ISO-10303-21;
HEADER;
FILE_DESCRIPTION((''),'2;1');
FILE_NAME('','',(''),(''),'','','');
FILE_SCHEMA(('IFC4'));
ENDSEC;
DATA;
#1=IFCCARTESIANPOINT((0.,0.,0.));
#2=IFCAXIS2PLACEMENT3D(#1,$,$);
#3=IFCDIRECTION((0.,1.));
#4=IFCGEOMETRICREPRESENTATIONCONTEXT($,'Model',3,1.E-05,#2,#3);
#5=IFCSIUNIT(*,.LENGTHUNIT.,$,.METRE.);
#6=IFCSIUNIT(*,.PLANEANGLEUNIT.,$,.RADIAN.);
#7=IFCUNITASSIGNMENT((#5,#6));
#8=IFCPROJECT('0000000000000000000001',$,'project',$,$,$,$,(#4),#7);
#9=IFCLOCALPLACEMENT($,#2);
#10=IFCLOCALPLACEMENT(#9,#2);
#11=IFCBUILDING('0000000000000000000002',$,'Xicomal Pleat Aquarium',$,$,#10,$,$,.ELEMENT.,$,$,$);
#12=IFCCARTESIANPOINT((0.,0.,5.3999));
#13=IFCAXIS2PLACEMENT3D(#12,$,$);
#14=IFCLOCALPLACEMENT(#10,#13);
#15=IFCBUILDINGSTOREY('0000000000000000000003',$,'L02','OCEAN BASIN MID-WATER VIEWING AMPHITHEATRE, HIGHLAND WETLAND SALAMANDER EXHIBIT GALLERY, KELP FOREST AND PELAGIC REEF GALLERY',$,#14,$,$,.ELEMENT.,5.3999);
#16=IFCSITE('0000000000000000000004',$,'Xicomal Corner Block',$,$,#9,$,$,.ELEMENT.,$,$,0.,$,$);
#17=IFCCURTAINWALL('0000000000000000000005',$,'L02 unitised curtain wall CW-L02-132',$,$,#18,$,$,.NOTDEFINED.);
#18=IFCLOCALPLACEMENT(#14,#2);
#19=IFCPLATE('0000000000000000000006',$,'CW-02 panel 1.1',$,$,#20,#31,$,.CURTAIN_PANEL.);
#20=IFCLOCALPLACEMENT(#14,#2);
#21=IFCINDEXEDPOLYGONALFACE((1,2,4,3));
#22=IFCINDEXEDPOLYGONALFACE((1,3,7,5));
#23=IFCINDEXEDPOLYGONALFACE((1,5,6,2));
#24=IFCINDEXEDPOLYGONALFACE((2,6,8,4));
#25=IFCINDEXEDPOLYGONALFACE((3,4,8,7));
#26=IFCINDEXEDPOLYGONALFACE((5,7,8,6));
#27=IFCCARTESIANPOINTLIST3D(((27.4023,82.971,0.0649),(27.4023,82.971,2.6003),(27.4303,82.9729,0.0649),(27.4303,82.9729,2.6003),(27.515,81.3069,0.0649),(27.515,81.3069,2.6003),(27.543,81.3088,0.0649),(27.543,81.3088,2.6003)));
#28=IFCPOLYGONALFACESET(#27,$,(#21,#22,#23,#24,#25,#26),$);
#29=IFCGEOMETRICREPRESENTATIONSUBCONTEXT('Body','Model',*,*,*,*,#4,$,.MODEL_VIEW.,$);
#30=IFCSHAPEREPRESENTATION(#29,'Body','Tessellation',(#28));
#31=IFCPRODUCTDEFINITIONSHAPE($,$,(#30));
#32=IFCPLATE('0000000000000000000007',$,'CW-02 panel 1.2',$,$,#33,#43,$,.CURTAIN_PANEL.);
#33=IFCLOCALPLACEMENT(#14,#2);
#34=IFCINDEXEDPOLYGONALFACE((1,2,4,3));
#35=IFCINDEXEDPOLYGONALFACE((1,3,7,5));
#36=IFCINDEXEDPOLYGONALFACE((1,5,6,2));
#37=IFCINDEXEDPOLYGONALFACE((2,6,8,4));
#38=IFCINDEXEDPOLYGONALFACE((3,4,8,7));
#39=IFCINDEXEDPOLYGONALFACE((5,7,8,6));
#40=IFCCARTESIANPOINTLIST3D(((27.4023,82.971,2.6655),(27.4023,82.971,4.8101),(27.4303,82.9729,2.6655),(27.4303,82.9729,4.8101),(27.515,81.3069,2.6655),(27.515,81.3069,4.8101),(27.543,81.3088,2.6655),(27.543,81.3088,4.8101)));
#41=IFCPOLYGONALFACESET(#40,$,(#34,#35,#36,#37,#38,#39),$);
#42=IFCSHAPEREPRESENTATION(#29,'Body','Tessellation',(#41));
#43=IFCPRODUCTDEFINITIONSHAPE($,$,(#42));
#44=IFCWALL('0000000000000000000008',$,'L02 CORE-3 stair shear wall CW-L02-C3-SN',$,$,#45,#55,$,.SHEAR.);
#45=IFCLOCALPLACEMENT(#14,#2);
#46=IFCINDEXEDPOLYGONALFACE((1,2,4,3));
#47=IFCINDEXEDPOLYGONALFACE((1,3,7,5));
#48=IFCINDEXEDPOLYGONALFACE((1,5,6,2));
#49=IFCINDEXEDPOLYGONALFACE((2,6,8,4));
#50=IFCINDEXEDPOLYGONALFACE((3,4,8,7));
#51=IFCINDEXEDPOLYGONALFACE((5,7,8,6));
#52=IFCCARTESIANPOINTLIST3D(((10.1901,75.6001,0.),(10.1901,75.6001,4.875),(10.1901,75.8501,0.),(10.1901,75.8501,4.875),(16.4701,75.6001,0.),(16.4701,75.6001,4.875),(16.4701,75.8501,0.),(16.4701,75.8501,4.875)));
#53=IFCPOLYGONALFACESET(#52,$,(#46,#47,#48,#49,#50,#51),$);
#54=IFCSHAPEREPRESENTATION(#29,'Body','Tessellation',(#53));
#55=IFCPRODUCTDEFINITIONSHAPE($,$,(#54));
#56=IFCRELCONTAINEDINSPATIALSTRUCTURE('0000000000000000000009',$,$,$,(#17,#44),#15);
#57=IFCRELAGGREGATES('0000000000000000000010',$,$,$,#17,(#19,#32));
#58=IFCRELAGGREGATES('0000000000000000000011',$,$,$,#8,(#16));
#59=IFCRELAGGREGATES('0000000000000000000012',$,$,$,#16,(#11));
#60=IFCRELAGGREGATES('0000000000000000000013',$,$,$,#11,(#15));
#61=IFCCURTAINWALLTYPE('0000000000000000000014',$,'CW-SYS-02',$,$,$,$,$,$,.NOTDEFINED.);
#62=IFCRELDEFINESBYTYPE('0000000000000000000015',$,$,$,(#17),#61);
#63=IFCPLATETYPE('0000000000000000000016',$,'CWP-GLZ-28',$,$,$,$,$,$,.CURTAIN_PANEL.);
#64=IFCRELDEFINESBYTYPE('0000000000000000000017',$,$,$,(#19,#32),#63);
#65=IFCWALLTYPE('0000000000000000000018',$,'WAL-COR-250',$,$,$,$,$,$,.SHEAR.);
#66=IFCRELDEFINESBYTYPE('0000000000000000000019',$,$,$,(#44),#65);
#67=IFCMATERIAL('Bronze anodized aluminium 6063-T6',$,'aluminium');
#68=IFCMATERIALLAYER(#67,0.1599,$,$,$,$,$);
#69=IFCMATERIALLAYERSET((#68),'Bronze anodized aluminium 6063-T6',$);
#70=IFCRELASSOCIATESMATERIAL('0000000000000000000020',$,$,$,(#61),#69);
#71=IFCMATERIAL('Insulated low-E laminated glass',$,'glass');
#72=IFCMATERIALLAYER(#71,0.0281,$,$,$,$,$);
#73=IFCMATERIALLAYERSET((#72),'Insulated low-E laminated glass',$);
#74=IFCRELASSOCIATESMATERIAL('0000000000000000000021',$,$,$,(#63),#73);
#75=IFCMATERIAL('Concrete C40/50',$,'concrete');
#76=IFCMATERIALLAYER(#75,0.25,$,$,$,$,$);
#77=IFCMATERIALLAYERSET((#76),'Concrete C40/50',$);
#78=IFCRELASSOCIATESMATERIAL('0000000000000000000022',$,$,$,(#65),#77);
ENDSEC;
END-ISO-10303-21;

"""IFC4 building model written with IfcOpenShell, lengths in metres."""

from ifc_helpers import new_model, si_unit, direction, frame, frame_2d, origin, origin_2d, place, context, subcontext, project, spatial, rectangle, extrude, material, layer, layer_set, type_object, element, aggregate, save


model = new_model("IFC4")

# Units and contexts
model_context = context("Model", 3, precision=1e-05, world=origin(), true_north=direction((0.0, 1.0)))
body_context = subcontext(model_context, "Body", "Model", "MODEL_VIEW")
ifc_project = project(units=[si_unit("LENGTHUNIT", "METRE"), si_unit("PLANEANGLEUNIT", "RADIAN")], contexts=[model_context])

# Site, building, storey
site_placement = place(None, origin())
site = spatial("IfcSite", under=ifc_project, at=site_placement, Name="Xicomal Corner Block", CompositionType="ELEMENT", RefElevation=0.0)
building_placement = place(site_placement, origin())
building = spatial("IfcBuilding", under=site, at=building_placement, Name="Xicomal Pleat Aquarium", CompositionType="ELEMENT")
storey_placement = place(building_placement, frame((0.0, 0.0, 5.3999)))
storey = spatial("IfcBuildingStorey", under=building, at=storey_placement, Name="L02", Description="OCEAN BASIN MID-WATER VIEWING AMPHITHEATRE, HIGHLAND WETLAND SALAMANDER EXHIBIT GALLERY, KELP FOREST AND PELAGIC REEF GALLERY", CompositionType="ELEMENT", Elevation=5.3999)

# Curtain wall, plates
ifc_material_1 = material(Name="Bronze anodized aluminium 6063-T6", Category="aluminium")
ifc_layer_1 = layer(ifc_material_1, 0.1599)
ifc_layer_set_1 = layer_set([ifc_layer_1], Name="Bronze anodized aluminium 6063-T6")
curtain_wall_type = type_object("IfcCurtainWallType", Name="CW-SYS-02", PredefinedType="NOTDEFINED", material=ifc_layer_set_1)
curtain_wall_placement = place(storey_placement, origin())
curtain_wall = element("IfcCurtainWall", 1, at=curtain_wall_placement, inside=storey, type_object=curtain_wall_type, Name="L02 unitised curtain wall CW-L02-132", PredefinedType="NOTDEFINED")
ifc_material_2 = material(Name="Insulated low-E laminated glass", Category="glass")
ifc_layer_2 = layer(ifc_material_2, 0.0281)
ifc_layer_set_2 = layer_set([ifc_layer_2], Name="Insulated low-E laminated glass")
plate_type = type_object("IfcPlateType", Name="CWP-GLZ-28", PredefinedType="CURTAIN_PANEL", material=ifc_layer_set_2)
plate_1_placement = place(storey_placement, frame((27.4727, 82.1399, 0.0649), z_axis=(0.0, 0.0, 1.0), x_axis=(0.067543, -0.997716, 0.0)))
plate_1 = element("IfcPlate", 2, at=plate_1_placement, type_object=plate_type, Name="CW-02 panel 1.1", PredefinedType="CURTAIN_PANEL", context=body_context, shape_type="SweptSolid", body=[
    extrude(rectangle(XDim=1.668, YDim=0.0281, at=origin_2d()), origin(), (0.0, 0.0, 1.0), 2.5354),
])
plate_2_placement = place(storey_placement, frame((27.4727, 82.1399, 2.6655), z_axis=(0.0, 0.0, 1.0), x_axis=(0.067543, -0.997716, 0.0)))
plate_2 = element("IfcPlate", 3, at=plate_2_placement, type_object=plate_type, Name="CW-02 panel 1.2", PredefinedType="CURTAIN_PANEL", context=body_context, shape_type="SweptSolid", body=[
    extrude(rectangle(XDim=1.668, YDim=0.0281, at=origin_2d()), origin(), (0.0, 0.0, 1.0), 2.1445),
])
aggregate(curtain_wall, [plate_1, plate_2])

# Wall
ifc_material_3 = material(Name="Concrete C40/50", Category="concrete")
ifc_layer_3 = layer(ifc_material_3, 0.25)
ifc_layer_set_3 = layer_set([ifc_layer_3], Name="Concrete C40/50")
wall_type = type_object("IfcWallType", Name="WAL-COR-250", PredefinedType="SHEAR", material=ifc_layer_set_3)
wall_placement = place(storey_placement, frame((10.1899, 75.7251, 0.0), z_axis=(0.0, 0.0, 1.0), x_axis=(1.0, 0.0, 0.0)))
element("IfcWall", 4, at=wall_placement, inside=storey, type_object=wall_type, Name="L02 CORE-3 stair shear wall CW-L02-C3-SN", PredefinedType="SHEAR", context=body_context, shape_type="SweptSolid", body=[
    extrude(rectangle(XDim=6.28, YDim=0.25, at=frame_2d((3.1401, 0.0))), origin(), (0.0, 0.0, 1.0), 4.875),
])

save(model, "model.ifc")
